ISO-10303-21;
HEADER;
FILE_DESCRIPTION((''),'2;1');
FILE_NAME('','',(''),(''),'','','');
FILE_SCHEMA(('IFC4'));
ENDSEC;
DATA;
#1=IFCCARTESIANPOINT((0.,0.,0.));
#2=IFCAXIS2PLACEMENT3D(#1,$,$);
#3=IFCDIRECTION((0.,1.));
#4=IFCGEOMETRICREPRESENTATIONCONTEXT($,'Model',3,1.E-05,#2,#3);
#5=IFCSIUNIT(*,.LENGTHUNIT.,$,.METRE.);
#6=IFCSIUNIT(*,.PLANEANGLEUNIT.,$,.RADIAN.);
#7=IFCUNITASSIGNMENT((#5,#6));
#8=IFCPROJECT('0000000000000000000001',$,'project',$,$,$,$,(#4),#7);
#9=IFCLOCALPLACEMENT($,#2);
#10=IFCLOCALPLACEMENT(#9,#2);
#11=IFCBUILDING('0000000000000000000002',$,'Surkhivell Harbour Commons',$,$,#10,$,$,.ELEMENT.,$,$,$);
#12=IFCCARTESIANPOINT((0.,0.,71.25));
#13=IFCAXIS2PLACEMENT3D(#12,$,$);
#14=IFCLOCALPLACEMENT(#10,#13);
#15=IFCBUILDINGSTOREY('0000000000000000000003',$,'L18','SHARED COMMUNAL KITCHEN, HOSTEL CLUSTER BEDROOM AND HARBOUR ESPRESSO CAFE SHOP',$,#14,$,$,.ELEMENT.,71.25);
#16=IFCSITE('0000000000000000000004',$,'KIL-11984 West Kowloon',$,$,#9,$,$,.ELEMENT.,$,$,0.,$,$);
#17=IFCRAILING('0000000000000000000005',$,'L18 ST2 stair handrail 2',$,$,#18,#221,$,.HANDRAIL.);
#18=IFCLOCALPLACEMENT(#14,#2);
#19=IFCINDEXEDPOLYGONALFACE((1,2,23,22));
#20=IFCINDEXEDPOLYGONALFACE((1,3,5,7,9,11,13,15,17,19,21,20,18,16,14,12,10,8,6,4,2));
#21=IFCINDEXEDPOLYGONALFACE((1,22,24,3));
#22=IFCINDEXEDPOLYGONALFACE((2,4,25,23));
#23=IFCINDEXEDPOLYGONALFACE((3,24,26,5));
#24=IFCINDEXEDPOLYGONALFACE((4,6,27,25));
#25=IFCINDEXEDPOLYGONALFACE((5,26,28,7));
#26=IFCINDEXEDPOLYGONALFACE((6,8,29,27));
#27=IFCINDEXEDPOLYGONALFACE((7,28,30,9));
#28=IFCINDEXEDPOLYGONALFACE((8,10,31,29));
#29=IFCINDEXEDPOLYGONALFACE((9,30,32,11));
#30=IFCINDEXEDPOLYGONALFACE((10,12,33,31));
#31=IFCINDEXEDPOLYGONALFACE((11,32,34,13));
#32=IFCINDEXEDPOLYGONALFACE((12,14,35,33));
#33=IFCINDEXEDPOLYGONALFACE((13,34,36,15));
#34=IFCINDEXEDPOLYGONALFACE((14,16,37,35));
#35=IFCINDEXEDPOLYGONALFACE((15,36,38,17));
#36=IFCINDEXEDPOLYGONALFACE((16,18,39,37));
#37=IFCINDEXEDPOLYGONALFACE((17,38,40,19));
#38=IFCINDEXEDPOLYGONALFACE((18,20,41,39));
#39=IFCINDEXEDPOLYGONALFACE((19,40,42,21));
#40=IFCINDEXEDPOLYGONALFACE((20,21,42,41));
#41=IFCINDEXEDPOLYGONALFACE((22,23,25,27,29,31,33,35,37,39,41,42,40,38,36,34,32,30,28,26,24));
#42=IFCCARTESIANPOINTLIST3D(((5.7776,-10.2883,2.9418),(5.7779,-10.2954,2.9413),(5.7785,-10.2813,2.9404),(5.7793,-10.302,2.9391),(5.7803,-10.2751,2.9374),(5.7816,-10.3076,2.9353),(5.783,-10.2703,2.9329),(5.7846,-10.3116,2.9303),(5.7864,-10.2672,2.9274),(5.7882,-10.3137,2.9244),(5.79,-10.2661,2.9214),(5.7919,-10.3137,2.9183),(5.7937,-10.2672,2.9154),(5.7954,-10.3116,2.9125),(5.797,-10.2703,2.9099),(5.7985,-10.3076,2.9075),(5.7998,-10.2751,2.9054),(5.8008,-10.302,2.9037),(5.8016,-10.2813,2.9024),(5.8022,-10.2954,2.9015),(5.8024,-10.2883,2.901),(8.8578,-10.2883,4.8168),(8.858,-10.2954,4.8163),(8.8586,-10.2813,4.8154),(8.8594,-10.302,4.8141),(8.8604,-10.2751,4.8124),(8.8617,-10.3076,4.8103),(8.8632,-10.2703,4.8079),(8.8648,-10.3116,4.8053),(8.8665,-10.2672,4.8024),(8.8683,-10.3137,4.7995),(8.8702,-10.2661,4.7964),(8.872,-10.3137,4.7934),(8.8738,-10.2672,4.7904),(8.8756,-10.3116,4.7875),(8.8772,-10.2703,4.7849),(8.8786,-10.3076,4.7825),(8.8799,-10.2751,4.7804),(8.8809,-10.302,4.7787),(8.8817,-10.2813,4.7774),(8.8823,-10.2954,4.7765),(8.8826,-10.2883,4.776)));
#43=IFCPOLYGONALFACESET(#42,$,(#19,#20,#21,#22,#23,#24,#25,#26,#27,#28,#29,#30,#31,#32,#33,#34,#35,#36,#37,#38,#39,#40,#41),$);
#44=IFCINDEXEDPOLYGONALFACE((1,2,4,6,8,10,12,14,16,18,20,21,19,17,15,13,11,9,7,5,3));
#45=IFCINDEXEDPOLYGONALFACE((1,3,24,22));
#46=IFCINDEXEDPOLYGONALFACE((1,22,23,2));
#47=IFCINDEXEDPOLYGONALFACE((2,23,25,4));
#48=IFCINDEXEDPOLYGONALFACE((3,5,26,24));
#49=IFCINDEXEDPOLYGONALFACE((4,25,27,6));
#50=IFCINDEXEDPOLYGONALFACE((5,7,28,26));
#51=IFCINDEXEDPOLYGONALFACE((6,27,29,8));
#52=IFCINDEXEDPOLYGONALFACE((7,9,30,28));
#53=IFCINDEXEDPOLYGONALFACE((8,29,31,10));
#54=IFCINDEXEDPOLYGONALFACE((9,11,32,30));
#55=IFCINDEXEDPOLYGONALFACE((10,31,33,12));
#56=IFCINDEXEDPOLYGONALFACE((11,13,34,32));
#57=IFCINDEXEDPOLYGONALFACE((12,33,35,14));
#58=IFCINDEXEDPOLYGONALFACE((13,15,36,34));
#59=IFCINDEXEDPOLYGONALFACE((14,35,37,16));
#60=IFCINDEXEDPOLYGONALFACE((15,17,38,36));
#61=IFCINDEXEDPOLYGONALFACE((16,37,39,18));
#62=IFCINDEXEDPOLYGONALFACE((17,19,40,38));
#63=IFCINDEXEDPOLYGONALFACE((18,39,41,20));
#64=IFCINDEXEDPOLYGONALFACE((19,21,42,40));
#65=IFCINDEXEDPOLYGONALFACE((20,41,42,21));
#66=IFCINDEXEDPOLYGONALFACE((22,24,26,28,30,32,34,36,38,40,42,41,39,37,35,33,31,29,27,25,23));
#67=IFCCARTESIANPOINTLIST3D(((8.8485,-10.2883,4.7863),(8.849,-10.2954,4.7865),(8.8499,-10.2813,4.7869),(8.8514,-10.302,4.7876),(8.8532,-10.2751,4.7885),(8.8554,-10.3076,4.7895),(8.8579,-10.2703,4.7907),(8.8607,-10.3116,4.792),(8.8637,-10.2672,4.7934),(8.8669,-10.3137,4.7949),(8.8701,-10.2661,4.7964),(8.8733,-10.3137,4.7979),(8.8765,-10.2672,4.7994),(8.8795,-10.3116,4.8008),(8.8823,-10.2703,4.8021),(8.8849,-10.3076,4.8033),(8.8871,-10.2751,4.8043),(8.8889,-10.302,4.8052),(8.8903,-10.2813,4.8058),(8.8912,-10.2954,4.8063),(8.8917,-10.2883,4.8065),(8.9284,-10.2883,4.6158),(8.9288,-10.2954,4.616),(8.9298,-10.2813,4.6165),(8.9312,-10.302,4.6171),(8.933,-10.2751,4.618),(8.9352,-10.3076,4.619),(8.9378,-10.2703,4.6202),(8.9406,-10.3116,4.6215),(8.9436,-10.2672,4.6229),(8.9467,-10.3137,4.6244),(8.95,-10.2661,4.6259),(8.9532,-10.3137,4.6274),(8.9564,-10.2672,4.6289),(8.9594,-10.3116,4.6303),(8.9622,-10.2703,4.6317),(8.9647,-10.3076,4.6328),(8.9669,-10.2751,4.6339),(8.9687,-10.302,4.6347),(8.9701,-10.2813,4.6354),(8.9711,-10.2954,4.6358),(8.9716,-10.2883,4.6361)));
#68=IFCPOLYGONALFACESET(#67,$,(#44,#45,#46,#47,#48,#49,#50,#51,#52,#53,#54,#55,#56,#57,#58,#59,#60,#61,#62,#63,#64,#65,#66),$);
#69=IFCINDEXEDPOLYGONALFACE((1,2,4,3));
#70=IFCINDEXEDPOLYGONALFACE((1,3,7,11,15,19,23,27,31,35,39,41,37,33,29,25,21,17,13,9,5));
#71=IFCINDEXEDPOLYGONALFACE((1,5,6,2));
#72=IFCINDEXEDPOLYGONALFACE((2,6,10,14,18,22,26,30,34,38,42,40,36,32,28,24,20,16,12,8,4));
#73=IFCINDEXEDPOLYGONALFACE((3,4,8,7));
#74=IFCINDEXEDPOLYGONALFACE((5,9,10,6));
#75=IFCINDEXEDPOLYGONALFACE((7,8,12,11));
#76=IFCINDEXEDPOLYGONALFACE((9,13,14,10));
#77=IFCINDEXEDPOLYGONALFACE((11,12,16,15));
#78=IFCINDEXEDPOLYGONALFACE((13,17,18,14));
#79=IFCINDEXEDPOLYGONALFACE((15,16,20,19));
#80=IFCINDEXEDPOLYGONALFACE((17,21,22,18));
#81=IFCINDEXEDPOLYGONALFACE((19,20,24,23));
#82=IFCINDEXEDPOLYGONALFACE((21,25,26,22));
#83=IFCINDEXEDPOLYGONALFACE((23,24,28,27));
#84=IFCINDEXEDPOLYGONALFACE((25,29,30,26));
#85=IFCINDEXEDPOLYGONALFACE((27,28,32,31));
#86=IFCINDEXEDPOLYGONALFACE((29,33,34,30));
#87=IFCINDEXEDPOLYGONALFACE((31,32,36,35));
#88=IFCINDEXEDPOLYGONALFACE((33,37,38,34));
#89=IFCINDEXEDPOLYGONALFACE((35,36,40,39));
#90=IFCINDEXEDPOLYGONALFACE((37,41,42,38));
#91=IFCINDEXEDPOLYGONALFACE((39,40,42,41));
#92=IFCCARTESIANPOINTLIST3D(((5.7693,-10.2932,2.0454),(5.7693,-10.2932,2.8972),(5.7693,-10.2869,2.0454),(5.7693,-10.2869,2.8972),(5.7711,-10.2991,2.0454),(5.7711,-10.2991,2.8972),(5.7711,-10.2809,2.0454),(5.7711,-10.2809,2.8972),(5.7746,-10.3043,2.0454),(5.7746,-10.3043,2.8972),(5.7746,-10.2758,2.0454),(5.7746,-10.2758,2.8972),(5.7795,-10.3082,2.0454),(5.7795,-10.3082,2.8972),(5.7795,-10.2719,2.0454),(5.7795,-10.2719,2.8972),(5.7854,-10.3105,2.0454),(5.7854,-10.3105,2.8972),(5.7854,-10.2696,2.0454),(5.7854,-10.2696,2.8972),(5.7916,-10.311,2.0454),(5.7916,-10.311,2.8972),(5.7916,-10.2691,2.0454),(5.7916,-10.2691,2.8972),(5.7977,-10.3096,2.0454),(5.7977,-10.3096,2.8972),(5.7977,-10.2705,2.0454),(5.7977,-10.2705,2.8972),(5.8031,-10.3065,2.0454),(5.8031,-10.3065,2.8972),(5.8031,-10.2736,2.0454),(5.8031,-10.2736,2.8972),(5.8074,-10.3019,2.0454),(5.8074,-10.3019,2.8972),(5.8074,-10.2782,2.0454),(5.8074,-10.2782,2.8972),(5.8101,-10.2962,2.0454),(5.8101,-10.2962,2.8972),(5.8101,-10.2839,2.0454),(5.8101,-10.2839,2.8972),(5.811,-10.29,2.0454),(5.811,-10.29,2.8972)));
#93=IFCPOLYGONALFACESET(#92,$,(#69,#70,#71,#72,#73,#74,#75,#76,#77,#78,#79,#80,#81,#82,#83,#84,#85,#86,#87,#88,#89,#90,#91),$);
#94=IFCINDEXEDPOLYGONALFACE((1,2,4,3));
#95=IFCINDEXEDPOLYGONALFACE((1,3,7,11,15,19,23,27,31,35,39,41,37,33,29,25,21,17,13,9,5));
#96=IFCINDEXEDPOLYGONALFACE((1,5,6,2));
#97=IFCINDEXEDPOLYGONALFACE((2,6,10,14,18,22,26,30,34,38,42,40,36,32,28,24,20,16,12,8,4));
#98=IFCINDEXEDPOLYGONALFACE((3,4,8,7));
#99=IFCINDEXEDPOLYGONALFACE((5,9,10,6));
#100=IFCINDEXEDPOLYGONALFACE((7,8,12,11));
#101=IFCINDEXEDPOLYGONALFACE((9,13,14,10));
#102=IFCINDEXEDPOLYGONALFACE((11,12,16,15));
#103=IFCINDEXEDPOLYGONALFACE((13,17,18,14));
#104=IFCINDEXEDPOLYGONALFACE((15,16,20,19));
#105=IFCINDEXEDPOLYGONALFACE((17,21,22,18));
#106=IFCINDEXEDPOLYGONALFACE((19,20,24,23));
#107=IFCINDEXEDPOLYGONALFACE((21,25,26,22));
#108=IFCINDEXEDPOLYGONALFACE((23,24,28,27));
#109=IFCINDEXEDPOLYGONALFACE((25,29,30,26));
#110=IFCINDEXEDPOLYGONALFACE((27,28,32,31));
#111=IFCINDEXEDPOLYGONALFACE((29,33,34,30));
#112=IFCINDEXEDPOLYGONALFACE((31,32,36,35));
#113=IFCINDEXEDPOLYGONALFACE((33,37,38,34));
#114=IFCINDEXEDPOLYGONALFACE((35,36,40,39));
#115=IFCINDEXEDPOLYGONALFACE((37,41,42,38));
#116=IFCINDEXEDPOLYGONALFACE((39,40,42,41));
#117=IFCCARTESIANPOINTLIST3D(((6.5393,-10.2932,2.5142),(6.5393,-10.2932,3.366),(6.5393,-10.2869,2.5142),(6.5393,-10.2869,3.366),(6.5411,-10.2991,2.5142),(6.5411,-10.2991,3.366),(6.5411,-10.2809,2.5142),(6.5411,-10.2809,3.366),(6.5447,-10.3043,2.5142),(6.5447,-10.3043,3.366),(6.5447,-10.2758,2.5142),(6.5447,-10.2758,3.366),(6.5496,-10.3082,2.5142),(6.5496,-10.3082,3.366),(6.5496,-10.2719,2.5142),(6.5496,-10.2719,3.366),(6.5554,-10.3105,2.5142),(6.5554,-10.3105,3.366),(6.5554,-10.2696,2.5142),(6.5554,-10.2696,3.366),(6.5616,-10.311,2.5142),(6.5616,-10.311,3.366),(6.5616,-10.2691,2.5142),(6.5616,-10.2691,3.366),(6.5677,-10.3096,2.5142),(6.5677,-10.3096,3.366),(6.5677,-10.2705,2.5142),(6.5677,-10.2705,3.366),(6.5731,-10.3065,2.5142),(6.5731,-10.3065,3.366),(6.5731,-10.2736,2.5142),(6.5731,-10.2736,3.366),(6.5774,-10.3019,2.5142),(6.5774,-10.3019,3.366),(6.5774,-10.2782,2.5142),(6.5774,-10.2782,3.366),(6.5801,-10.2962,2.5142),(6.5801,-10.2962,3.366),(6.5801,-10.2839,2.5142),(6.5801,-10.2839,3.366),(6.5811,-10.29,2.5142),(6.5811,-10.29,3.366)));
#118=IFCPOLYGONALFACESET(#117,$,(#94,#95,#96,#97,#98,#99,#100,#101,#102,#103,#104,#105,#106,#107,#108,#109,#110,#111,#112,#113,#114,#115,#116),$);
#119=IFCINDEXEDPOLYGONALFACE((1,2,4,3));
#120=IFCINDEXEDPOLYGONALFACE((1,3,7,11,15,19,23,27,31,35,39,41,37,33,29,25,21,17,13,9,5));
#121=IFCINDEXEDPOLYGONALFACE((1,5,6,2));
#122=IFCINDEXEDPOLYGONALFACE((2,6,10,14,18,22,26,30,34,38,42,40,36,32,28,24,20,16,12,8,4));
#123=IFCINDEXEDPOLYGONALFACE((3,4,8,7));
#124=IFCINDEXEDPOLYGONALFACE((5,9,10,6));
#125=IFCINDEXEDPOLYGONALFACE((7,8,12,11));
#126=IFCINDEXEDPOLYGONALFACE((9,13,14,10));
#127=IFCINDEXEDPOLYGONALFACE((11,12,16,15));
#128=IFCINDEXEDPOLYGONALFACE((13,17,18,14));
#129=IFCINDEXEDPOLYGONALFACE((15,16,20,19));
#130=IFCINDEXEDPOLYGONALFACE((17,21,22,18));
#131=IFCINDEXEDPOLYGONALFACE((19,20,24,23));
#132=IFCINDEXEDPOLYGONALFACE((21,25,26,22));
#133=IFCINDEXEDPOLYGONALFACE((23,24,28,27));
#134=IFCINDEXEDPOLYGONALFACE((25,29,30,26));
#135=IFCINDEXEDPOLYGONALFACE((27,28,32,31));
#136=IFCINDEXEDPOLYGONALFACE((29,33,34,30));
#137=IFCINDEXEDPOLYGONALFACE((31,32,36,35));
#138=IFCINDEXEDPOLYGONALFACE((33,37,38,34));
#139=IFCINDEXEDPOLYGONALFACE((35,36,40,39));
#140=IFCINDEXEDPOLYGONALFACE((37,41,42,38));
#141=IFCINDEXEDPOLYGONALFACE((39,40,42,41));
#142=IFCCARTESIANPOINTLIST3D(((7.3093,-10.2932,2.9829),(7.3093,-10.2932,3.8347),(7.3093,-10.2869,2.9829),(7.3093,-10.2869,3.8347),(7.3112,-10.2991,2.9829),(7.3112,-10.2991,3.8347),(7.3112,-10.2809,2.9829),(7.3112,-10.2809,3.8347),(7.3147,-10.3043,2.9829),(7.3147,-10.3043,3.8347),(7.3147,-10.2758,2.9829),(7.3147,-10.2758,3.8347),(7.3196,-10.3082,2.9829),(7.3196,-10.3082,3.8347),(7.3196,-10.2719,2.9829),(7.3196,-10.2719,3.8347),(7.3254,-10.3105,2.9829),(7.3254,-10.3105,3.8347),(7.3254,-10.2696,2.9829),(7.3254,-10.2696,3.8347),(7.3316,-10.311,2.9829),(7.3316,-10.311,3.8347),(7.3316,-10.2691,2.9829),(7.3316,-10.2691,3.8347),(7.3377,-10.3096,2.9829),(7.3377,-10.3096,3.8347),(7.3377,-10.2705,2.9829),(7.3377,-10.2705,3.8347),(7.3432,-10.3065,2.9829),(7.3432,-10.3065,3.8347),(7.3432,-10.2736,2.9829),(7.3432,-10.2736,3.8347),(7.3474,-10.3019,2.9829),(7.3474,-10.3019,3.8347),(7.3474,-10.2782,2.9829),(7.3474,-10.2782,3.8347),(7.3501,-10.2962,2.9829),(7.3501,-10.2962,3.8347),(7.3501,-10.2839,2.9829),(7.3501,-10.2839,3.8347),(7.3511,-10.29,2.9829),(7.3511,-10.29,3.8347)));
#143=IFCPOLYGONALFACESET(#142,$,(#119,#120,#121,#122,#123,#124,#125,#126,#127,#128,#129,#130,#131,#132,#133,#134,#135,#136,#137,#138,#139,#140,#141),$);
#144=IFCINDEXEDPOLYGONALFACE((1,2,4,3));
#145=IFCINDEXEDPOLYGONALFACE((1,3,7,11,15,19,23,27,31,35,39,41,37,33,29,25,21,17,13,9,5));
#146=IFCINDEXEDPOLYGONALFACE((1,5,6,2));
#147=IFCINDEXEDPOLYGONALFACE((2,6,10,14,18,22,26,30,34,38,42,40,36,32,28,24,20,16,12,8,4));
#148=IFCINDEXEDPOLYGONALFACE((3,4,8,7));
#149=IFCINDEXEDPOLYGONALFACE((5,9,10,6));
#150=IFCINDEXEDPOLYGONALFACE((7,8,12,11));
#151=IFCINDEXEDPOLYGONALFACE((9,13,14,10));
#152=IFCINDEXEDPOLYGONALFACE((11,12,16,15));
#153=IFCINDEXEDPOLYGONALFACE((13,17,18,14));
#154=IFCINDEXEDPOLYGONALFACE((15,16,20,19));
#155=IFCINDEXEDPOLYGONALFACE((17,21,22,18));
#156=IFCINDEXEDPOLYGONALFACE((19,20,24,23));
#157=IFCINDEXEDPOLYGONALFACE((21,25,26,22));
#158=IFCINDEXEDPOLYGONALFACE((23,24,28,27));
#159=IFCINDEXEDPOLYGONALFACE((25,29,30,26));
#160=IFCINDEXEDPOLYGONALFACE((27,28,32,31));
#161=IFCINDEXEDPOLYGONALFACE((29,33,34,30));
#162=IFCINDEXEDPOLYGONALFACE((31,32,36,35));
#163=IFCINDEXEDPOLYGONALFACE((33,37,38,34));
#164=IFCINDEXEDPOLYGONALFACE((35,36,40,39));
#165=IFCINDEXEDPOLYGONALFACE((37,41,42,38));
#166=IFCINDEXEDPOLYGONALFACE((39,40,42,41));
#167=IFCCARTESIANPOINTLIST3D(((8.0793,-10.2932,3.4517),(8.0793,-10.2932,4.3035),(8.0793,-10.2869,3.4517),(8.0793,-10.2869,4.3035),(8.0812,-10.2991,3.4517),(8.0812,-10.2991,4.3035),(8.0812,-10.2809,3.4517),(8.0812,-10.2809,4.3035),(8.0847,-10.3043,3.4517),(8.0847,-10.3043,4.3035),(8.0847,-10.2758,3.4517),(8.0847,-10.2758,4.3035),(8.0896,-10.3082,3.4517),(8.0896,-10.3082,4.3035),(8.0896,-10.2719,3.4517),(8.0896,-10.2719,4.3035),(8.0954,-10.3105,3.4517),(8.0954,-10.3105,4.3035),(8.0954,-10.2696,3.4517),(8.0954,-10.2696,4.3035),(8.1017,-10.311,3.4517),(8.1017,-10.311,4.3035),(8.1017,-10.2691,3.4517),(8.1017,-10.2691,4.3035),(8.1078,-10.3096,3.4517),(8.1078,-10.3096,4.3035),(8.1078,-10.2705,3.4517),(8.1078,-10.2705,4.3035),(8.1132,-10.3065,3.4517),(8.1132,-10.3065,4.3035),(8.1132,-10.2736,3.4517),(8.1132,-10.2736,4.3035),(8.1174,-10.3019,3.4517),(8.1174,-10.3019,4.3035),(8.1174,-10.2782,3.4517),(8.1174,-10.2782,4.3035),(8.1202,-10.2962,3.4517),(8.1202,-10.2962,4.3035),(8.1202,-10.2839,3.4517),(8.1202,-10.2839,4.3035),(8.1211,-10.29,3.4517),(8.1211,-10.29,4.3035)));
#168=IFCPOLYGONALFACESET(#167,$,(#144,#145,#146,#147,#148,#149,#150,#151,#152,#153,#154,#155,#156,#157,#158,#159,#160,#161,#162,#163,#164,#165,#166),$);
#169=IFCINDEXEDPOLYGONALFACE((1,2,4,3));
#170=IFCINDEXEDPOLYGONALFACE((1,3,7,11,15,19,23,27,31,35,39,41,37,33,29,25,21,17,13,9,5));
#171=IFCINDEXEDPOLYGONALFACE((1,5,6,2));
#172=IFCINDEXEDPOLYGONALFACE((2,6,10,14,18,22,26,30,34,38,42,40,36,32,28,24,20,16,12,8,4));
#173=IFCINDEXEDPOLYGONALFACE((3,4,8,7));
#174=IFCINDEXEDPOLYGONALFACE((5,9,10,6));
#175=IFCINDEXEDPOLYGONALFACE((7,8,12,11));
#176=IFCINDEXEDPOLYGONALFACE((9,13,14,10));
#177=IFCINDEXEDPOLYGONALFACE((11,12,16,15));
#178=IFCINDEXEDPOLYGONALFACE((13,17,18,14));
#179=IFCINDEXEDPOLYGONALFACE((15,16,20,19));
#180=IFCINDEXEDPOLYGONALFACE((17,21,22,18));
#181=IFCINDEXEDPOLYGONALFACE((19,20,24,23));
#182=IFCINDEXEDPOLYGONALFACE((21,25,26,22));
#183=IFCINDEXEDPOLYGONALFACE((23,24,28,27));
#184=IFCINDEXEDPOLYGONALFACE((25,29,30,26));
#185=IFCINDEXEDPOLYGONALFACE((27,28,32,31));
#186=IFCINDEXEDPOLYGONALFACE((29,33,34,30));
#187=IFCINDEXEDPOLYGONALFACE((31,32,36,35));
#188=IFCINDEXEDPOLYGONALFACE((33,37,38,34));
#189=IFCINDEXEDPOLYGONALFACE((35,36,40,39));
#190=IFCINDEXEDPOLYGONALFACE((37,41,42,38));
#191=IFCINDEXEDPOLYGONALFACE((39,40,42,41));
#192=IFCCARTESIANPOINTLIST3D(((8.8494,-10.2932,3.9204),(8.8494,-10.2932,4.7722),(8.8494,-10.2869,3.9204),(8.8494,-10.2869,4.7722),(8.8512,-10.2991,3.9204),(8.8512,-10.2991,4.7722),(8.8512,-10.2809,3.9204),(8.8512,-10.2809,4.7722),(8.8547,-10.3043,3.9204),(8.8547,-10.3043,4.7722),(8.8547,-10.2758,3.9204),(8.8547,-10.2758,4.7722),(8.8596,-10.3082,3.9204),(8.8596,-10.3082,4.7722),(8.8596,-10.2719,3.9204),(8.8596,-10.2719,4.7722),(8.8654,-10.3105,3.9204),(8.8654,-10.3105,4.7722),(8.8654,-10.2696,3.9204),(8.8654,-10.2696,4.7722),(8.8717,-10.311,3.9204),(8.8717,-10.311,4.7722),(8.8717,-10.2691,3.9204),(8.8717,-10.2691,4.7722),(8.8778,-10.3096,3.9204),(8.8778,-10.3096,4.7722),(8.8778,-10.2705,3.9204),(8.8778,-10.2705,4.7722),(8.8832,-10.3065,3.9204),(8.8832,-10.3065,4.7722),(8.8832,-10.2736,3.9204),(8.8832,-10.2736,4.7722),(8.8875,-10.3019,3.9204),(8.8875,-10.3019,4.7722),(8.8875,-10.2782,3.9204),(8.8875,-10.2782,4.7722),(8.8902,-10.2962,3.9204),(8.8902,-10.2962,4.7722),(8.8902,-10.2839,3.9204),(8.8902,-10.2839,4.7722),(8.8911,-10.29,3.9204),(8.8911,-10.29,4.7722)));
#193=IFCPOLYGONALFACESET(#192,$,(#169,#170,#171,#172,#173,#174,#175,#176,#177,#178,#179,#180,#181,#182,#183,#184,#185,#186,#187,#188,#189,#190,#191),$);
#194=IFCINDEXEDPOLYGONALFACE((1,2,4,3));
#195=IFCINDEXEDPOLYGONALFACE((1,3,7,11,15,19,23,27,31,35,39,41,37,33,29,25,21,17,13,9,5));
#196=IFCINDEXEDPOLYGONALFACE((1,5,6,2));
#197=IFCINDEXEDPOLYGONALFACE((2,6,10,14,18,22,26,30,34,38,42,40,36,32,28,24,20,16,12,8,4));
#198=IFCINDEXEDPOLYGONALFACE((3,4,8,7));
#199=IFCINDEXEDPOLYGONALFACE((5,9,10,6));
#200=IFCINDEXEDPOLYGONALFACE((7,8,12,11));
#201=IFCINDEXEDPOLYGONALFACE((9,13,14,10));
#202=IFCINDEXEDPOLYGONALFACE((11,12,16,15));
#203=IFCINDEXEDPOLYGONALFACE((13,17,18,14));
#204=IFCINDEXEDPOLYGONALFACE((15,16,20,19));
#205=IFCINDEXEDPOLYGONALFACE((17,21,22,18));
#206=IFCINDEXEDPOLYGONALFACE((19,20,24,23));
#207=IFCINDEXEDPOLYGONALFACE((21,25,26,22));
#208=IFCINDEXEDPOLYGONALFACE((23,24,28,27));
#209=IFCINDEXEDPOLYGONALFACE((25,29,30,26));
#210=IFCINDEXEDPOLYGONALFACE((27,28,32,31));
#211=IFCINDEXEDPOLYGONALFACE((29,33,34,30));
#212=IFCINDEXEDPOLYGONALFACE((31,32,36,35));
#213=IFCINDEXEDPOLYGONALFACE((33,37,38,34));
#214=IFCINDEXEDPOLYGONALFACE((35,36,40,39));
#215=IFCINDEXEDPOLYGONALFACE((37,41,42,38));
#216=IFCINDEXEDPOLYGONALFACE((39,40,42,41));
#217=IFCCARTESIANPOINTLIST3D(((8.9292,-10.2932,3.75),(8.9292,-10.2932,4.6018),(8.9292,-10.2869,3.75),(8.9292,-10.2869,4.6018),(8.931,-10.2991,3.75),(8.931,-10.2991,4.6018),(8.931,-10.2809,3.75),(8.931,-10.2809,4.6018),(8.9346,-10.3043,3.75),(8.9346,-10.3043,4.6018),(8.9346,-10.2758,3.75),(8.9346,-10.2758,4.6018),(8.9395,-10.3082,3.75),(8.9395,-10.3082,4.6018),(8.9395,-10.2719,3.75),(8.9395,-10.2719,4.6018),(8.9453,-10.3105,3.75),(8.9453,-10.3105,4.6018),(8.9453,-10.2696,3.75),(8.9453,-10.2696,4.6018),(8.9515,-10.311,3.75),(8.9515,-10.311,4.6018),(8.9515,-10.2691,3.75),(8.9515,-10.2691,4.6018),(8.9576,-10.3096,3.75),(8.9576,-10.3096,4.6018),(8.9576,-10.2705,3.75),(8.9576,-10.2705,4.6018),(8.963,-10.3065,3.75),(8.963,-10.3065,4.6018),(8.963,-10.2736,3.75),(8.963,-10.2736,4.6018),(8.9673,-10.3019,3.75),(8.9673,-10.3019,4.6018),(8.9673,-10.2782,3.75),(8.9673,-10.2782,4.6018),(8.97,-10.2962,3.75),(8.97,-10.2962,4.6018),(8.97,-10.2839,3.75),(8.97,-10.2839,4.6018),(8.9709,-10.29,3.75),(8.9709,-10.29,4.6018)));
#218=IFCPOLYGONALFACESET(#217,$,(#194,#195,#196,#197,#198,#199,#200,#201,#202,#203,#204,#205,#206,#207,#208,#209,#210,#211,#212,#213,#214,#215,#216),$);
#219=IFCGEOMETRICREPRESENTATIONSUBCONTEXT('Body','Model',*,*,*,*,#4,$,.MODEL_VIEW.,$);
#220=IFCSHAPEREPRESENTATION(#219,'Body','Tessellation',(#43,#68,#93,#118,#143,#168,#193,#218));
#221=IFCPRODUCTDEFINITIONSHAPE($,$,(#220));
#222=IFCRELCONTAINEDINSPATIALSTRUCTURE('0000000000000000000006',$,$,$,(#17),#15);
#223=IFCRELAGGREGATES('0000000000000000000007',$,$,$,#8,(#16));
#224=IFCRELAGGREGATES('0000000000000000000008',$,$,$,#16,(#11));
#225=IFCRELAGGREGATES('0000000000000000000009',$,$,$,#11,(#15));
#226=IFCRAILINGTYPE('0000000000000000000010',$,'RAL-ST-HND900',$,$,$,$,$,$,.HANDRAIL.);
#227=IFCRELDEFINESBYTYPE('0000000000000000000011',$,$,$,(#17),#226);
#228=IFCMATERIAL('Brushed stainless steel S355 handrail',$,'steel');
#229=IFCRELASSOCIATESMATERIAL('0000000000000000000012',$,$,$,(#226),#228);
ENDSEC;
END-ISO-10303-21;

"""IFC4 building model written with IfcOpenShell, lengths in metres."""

from ifc_helpers import new_model, si_unit, direction, frame, origin, origin_2d, place, context, subcontext, project, spatial, circle, extrude, material, type_object, element, save


model = new_model("IFC4")

# Units and contexts
model_context = context("Model", 3, precision=1e-05, world=origin(), true_north=direction((0.0, 1.0)))
body_context = subcontext(model_context, "Body", "Model", "MODEL_VIEW")
ifc_project = project(units=[si_unit("LENGTHUNIT", "METRE"), si_unit("PLANEANGLEUNIT", "RADIAN")], contexts=[model_context])

# Site, building, storey
site_placement = place(None, origin())
site = spatial("IfcSite", under=ifc_project, at=site_placement, Name="KIL-11984 West Kowloon", CompositionType="ELEMENT", RefElevation=0.0)
building_placement = place(site_placement, origin())
building = spatial("IfcBuilding", under=site, at=building_placement, Name="Surkhivell Harbour Commons", CompositionType="ELEMENT")
storey_placement = place(building_placement, frame((0.0, 0.0, 71.25)))
storey = spatial("IfcBuildingStorey", under=building, at=storey_placement, Name="L18", Description="SHARED COMMUNAL KITCHEN, HOSTEL CLUSTER BEDROOM AND HARBOUR ESPRESSO CAFE SHOP", CompositionType="ELEMENT", Elevation=71.25)

# Railing
ifc_material_1 = material(Name="Brushed stainless steel S355 handrail", Category="steel")
railing_type_1 = type_object("IfcRailingType", Name="RAL-ST-HND900", PredefinedType="HANDRAIL", material=ifc_material_1)
railing_1_placement = place(storey_placement, frame((5.79, -10.29, 2.0454)))
element("IfcRailing", 1, at=railing_1_placement, inside=storey, type_object=railing_type_1, Name="L18 ST2 stair handrail 2", PredefinedType="HANDRAIL", context=body_context, shape_type="SweptSolid", body=[
    extrude(circle(Radius=0.0239, at=origin_2d()), frame((0.0, 0.0, 0.876), z_axis=(0.854178, 0.0, 0.519981), x_axis=(0.0, 1.0, 0.0)), (0.0, 0.0, 1.0), 3.606),
    extrude(circle(Radius=0.0239, at=origin_2d()), frame((3.0801, 0.0, 2.751), z_axis=(0.424234, 0.0, -0.905552), x_axis=(0.0, 1.0, 0.0)), (0.0, 0.0, 1.0), 0.1882),
    extrude(circle(Radius=0.021, at=origin_2d()), origin(), (0.0, 0.0, 1.0), 0.8518),
    extrude(circle(Radius=0.021, at=origin_2d()), frame((0.77, 0.0, 0.4688)), (0.0, 0.0, 1.0), 0.8518),
    extrude(circle(Radius=0.021, at=origin_2d()), frame((1.54, 0.0, 0.9375)), (0.0, 0.0, 1.0), 0.8518),
    extrude(circle(Radius=0.021, at=origin_2d()), frame((2.3101, 0.0, 1.4062)), (0.0, 0.0, 1.0), 0.8518),
    extrude(circle(Radius=0.021, at=origin_2d()), frame((3.0801, 0.0, 1.875)), (0.0, 0.0, 1.0), 0.8518),
    extrude(circle(Radius=0.021, at=origin_2d()), frame((3.1599, 0.0, 1.7046)), (0.0, 0.0, 1.0), 0.8518),
])

save(model, "model.ifc")
